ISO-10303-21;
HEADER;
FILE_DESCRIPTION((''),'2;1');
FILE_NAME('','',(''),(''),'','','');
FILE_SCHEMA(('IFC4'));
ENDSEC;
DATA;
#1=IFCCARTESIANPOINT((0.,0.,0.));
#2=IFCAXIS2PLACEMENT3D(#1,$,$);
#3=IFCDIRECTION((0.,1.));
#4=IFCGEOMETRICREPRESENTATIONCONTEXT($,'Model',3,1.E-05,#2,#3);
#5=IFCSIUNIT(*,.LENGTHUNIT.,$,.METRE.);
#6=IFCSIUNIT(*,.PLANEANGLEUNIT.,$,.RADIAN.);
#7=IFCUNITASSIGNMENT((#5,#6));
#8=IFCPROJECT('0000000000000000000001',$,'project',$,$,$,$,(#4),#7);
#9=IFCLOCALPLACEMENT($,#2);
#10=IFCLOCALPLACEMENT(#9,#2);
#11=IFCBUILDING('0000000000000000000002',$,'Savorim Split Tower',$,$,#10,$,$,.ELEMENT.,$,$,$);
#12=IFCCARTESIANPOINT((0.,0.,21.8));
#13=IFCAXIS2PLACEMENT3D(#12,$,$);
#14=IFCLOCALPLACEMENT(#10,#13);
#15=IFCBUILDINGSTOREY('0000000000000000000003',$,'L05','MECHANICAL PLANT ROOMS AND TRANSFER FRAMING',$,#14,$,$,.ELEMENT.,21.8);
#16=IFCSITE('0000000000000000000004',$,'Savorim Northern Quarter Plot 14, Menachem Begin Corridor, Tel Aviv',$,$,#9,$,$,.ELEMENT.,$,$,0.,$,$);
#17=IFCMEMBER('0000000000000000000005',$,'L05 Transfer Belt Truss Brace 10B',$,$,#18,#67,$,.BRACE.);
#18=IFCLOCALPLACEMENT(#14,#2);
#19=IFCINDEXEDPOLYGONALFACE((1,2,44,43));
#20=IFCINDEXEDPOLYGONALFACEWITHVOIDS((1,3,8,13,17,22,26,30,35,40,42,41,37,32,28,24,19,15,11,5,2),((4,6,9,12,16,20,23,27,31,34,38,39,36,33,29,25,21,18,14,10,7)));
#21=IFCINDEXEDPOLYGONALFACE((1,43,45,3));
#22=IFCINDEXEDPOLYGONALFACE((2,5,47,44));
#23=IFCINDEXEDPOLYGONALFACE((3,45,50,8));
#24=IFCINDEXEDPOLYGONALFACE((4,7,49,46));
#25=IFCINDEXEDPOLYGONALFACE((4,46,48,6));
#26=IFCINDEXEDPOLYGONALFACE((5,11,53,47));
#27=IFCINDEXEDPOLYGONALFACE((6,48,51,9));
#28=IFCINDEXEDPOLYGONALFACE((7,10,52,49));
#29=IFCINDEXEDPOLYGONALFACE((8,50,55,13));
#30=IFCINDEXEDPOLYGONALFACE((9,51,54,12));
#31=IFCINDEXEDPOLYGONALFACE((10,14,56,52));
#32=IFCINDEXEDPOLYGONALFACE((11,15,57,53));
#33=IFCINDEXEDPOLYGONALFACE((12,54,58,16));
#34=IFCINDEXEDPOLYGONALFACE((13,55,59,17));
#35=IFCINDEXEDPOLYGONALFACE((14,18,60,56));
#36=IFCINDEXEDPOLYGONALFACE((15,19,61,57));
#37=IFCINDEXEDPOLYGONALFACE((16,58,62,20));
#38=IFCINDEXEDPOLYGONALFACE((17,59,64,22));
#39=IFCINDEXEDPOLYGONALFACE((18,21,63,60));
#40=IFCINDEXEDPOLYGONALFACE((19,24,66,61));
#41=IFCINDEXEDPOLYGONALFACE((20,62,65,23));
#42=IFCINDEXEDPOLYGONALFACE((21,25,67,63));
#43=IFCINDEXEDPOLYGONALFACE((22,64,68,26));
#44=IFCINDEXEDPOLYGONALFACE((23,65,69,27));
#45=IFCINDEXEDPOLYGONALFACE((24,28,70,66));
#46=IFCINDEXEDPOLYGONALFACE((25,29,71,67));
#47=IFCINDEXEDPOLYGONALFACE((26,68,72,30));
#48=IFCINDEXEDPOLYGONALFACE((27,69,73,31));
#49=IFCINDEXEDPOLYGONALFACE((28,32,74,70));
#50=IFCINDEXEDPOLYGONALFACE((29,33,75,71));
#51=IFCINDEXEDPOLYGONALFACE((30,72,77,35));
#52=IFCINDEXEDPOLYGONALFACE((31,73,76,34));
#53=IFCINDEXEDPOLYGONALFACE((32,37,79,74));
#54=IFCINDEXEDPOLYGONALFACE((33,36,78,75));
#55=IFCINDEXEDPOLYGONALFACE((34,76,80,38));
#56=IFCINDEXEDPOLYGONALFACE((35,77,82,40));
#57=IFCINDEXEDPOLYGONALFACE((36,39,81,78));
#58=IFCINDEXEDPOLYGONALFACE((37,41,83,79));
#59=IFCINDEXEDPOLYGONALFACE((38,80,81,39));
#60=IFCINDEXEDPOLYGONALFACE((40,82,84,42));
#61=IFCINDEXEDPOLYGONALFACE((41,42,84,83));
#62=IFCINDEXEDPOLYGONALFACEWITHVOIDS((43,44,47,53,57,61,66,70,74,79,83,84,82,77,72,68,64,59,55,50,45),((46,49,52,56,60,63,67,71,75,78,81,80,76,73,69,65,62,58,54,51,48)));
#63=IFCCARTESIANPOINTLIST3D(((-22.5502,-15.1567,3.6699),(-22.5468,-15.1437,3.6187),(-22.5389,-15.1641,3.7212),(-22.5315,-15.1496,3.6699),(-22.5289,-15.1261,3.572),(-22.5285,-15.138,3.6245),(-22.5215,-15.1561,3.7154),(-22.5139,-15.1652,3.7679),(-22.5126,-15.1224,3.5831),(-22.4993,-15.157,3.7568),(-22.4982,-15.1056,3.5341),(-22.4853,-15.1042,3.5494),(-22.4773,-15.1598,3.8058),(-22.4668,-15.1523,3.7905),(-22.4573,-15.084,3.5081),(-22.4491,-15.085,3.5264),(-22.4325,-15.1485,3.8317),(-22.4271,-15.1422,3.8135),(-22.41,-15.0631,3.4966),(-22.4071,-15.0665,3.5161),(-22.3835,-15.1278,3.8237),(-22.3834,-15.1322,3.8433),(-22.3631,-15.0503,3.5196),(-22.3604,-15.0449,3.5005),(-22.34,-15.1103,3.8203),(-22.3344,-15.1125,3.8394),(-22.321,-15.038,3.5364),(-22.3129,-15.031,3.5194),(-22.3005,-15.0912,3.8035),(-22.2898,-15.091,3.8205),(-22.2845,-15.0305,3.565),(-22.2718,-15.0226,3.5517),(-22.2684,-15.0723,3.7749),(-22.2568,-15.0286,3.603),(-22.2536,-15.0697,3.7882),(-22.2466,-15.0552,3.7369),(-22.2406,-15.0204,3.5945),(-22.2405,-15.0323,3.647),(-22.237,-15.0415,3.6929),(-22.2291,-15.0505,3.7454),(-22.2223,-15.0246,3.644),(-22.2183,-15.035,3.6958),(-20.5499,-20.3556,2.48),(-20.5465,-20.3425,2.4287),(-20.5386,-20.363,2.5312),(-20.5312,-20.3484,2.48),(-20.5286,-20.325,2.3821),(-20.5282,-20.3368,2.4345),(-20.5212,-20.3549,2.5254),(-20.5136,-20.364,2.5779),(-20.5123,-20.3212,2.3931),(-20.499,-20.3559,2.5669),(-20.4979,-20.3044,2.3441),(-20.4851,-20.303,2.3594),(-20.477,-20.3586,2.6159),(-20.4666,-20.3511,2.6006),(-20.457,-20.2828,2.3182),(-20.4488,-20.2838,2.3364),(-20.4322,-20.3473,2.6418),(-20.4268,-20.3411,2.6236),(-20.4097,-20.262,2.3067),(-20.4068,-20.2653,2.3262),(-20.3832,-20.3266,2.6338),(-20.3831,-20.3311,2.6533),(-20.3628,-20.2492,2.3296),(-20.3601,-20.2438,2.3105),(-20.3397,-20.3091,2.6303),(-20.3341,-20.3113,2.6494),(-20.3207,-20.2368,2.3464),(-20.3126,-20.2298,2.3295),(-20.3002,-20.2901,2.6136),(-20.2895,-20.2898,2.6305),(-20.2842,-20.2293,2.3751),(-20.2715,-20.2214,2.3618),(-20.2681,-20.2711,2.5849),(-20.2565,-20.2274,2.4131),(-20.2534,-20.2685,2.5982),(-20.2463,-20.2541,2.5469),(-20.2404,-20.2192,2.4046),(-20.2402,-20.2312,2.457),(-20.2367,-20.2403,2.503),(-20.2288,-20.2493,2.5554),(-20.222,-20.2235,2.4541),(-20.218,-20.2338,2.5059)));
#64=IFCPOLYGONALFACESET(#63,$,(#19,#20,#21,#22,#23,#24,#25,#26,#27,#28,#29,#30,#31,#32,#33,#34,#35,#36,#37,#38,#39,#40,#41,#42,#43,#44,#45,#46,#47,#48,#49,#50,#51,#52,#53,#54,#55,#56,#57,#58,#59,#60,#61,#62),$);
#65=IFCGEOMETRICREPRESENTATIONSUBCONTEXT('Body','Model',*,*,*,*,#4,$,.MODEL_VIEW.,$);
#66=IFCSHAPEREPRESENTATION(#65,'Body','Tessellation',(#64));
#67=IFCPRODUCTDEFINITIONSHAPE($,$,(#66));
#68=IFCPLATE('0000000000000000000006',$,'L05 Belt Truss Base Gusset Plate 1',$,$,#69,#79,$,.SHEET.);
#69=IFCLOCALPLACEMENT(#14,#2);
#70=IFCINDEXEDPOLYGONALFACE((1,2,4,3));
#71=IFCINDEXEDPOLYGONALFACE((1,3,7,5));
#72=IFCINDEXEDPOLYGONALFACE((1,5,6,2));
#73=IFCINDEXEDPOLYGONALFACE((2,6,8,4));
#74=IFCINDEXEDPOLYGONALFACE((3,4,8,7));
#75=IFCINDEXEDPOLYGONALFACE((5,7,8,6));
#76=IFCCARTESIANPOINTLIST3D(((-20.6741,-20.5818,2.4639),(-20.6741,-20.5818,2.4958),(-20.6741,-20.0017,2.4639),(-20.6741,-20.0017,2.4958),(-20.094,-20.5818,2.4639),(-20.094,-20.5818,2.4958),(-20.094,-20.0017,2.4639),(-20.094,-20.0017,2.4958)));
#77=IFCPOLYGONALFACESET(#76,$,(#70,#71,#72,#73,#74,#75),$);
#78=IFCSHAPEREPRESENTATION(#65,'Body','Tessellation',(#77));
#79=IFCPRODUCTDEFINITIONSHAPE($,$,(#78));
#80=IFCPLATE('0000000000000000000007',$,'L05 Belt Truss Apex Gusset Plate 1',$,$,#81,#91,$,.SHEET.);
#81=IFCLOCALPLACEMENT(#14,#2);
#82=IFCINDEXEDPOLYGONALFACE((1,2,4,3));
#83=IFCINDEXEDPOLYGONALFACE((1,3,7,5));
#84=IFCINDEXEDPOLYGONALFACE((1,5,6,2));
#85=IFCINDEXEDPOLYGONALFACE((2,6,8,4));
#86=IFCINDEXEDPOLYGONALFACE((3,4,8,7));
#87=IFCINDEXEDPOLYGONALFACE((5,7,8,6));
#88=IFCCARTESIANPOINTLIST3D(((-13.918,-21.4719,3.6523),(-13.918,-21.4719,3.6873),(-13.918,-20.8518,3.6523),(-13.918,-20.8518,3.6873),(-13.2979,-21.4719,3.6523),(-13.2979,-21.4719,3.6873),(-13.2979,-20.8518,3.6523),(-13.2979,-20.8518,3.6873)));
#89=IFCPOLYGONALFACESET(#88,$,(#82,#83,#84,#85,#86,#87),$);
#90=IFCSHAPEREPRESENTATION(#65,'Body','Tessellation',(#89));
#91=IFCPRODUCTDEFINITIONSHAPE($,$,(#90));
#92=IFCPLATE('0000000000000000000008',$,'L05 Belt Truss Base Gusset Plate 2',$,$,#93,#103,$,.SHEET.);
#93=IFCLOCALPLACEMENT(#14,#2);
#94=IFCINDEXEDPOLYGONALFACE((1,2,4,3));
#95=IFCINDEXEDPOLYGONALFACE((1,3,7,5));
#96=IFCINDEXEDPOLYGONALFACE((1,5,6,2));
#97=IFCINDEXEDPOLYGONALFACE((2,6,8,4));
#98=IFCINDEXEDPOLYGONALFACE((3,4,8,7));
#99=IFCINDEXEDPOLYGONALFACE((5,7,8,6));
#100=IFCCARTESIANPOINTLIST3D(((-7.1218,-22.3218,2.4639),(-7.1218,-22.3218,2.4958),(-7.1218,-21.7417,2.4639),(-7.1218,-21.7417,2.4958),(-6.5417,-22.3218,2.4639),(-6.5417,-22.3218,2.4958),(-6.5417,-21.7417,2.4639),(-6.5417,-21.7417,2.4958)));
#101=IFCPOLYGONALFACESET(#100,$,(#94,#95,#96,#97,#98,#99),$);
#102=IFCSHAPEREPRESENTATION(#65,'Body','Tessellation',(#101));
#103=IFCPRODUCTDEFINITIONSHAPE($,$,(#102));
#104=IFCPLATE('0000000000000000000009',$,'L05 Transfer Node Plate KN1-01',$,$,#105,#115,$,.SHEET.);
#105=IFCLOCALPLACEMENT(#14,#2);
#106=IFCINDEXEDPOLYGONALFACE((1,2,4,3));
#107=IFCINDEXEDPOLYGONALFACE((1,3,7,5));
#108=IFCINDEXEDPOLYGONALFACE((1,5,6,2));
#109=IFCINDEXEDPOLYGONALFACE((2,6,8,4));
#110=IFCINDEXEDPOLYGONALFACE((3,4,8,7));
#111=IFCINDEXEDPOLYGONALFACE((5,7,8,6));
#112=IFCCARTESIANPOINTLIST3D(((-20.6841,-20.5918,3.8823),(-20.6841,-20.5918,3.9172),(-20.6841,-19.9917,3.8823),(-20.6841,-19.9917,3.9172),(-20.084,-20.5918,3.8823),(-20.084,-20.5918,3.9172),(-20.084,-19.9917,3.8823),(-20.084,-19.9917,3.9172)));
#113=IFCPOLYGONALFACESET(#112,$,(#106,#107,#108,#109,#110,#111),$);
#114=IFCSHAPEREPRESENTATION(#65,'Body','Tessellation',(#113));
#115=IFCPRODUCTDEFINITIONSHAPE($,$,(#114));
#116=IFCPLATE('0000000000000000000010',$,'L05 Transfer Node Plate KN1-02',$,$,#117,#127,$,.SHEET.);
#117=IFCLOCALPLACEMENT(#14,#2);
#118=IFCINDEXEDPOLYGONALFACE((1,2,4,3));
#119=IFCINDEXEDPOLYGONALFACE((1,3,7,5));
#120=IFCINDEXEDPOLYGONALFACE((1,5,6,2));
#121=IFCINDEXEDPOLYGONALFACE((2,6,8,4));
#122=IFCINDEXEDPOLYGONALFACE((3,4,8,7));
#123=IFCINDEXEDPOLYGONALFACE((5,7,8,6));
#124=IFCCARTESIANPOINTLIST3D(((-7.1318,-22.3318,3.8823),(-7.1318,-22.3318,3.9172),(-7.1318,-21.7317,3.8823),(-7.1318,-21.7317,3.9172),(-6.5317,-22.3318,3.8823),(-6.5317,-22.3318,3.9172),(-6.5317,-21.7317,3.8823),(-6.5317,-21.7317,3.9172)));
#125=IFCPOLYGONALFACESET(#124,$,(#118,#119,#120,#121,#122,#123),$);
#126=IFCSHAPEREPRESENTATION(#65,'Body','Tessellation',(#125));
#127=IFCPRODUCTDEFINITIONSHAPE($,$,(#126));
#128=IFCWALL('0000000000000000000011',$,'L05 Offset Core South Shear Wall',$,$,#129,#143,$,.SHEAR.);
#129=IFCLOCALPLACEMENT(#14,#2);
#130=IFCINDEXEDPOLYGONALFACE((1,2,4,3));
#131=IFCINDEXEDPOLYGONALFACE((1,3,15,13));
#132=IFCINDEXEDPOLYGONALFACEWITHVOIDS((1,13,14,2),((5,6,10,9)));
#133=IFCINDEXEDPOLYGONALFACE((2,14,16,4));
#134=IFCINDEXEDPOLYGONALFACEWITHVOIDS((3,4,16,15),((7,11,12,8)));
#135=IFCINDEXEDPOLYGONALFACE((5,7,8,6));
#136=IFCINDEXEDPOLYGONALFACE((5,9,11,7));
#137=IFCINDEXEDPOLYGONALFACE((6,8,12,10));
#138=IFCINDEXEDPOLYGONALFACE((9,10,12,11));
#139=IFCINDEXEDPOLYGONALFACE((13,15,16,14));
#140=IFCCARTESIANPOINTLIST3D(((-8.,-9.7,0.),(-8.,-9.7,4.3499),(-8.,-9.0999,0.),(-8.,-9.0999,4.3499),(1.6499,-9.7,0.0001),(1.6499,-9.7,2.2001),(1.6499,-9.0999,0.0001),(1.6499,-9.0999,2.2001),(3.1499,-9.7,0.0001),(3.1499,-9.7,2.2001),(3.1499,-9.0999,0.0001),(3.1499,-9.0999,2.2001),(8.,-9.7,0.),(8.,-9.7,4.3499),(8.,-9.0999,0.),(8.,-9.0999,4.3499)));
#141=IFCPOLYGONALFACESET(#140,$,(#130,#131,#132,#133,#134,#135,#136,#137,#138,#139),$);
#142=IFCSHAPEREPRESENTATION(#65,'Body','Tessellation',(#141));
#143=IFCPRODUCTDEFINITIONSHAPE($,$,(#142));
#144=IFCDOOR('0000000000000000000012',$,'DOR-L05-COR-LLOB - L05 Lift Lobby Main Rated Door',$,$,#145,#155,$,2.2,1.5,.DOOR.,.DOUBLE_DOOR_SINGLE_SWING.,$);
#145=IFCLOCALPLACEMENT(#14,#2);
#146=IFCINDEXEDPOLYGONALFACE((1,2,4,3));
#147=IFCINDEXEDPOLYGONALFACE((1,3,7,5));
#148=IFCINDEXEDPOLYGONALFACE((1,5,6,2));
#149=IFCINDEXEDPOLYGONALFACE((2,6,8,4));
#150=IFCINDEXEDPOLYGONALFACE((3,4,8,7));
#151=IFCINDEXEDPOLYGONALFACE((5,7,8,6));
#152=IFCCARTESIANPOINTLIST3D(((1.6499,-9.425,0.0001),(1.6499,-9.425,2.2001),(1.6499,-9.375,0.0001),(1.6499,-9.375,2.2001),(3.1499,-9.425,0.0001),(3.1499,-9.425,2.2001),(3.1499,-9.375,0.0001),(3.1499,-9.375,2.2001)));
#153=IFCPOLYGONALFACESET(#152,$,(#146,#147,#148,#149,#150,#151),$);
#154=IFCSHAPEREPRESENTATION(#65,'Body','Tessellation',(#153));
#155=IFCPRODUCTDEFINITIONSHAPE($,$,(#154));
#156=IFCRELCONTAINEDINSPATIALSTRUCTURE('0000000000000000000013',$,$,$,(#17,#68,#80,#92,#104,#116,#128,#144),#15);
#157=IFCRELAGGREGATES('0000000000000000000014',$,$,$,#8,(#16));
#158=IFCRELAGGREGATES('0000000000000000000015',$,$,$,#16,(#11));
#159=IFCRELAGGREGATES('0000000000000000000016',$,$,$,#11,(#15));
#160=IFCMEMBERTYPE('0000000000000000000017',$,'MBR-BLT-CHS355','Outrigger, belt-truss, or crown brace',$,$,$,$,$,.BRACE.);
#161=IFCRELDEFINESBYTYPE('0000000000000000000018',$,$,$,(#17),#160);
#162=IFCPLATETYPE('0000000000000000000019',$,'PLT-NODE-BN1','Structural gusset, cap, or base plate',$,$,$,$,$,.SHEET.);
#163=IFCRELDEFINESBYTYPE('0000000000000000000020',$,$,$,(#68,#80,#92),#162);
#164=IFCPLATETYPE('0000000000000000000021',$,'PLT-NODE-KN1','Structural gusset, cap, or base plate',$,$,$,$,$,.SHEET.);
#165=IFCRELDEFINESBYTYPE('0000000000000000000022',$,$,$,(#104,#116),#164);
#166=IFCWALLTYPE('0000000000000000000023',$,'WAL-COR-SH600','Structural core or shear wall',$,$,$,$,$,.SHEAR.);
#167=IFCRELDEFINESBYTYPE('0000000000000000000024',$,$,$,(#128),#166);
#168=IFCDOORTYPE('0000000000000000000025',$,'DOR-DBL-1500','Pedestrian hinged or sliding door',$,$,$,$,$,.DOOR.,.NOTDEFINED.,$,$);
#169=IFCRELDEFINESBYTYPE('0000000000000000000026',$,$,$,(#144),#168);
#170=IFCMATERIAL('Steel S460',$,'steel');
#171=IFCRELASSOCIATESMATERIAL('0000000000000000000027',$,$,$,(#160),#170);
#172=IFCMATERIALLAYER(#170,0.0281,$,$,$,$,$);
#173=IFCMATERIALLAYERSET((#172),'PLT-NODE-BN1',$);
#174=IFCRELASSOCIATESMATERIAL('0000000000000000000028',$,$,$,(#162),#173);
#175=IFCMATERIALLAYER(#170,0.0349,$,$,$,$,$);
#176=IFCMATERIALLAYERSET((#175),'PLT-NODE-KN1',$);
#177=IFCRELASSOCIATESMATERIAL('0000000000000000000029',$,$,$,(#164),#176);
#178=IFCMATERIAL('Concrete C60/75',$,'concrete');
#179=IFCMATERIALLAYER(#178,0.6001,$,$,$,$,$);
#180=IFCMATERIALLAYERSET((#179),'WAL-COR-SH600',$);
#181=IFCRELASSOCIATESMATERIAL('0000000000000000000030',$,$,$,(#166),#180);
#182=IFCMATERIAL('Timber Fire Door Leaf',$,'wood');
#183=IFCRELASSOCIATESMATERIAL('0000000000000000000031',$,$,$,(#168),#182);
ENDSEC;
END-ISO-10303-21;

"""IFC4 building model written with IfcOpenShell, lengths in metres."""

from ifc_helpers import new_model, si_unit, direction, frame, frame_2d, origin, origin_2d, place, context, subcontext, project, spatial, rectangle, hollow_circle, extrude, material, layer, layer_set, material_profile, profile_set, type_object, element, fill, save


model = new_model("IFC4")

# Units and contexts
model_context = context("Model", 3, precision=1e-05, world=origin(), true_north=direction((0.0, 1.0)))
body_context = subcontext(model_context, "Body", "Model", "MODEL_VIEW")
ifc_project = project(units=[si_unit("LENGTHUNIT", "METRE"), si_unit("PLANEANGLEUNIT", "RADIAN")], contexts=[model_context])

# Site, building, storey
site_placement = place(None, origin())
site = spatial("IfcSite", under=ifc_project, at=site_placement, Name="Savorim Northern Quarter Plot 14, Menachem Begin Corridor, Tel Aviv", CompositionType="ELEMENT", RefElevation=0.0)
building_placement = place(site_placement, origin())
building = spatial("IfcBuilding", under=site, at=building_placement, Name="Savorim Split Tower", CompositionType="ELEMENT")
storey_placement = place(building_placement, frame((0.0, 0.0, 21.8)))
storey = spatial("IfcBuildingStorey", under=building, at=storey_placement, Name="L05", Description="MECHANICAL PLANT ROOMS AND TRANSFER FRAMING", CompositionType="ELEMENT", Elevation=21.8)

# Shared definitions
ifc_material_1 = material(Name="Steel S460", Category="steel")

# Member
ifc_material_profile_1 = material_profile(ifc_material_1, hollow_circle(Radius=0.1777, WallThickness=0.02, at=origin_2d()), Name="CHS 355.6x20")
ifc_profile_set_1 = profile_set([ifc_material_profile_1], Name="Steel S460")
member_type = type_object("IfcMemberType", Name="MBR-BLT-CHS355", Description="Outrigger, belt-truss, or crown brace", PredefinedType="BRACE", material=ifc_profile_set_1)
member_1_placement = place(storey_placement, frame((-20.384, -20.2917, 2.48), z_axis=(-0.35117, 0.912708, 0.20891), x_axis=(-0.933302, -0.359094, 0.0)))
element("IfcMember", 1, at=member_1_placement, inside=storey, type_object=member_type, Name="L05 Transfer Belt Truss Brace 10B", PredefinedType="BRACE", context=body_context, shape_type="SweptSolid", body=[
    extrude(hollow_circle(Radius=0.1777, WallThickness=0.02, at=origin_2d()), origin(), (0.0, 0.0, 1.0), 5.696),
])

# Plates
ifc_layer_1 = layer(ifc_material_1, 0.0281)
ifc_layer_set_1 = layer_set([ifc_layer_1], Name="PLT-NODE-BN1")
plate_type_1 = type_object("IfcPlateType", Name="PLT-NODE-BN1", Description="Structural gusset, cap, or base plate", PredefinedType="SHEET", material=ifc_layer_set_1)
plate_1_placement = place(storey_placement, frame((-20.384, -20.2917, 2.4639), z_axis=(0.0, 0.0, 1.0), x_axis=(1.0, 0.0, 0.0)))
element("IfcPlate", 2, at=plate_1_placement, inside=storey, type_object=plate_type_1, Name="L05 Belt Truss Base Gusset Plate 1", PredefinedType="SHEET", context=body_context, shape_type="SweptSolid", body=[
    extrude(rectangle(XDim=0.5801, YDim=0.5801, at=origin_2d()), origin(), (0.0, 0.0, 1.0), 0.032),
])
plate_2_placement = place(storey_placement, frame((-13.6079, -21.1619, 3.6523), z_axis=(0.0, 0.0, 1.0), x_axis=(1.0, 0.0, 0.0)))
element("IfcPlate", 3, at=plate_2_placement, inside=storey, type_object=plate_type_1, Name="L05 Belt Truss Apex Gusset Plate 1", PredefinedType="SHEET", context=body_context, shape_type="SweptSolid", body=[
    extrude(rectangle(XDim=0.6201, YDim=0.6201, at=origin_2d()), origin(), (0.0, 0.0, 1.0), 0.0349),
])
plate_3_placement = place(storey_placement, frame((-6.8318, -22.0317, 2.4639), z_axis=(0.0, 0.0, 1.0), x_axis=(1.0, 0.0, 0.0)))
element("IfcPlate", 4, at=plate_3_placement, inside=storey, type_object=plate_type_1, Name="L05 Belt Truss Base Gusset Plate 2", PredefinedType="SHEET", context=body_context, shape_type="SweptSolid", body=[
    extrude(rectangle(XDim=0.5801, YDim=0.5801, at=origin_2d()), origin(), (0.0, 0.0, 1.0), 0.032),
])
ifc_layer_2 = layer(ifc_material_1, 0.0349)
ifc_layer_set_2 = layer_set([ifc_layer_2], Name="PLT-NODE-KN1")
plate_type_2 = type_object("IfcPlateType", Name="PLT-NODE-KN1", Description="Structural gusset, cap, or base plate", PredefinedType="SHEET", material=ifc_layer_set_2)
for number, where, z_axis, x_axis, name in (
    (5, (-20.384, -20.2917, 3.8823), (0.0, 0.0, 1.0), (1.0, 0.0, 0.0), "L05 Transfer Node Plate KN1-01"),
    (6, (-6.8318, -22.0317, 3.8823), (0.0, 0.0, 1.0), (1.0, 0.0, 0.0), "L05 Transfer Node Plate KN1-02"),
):
    element("IfcPlate", number, at=place(storey_placement, frame(where, z_axis=z_axis, x_axis=x_axis)), inside=storey, type_object=plate_type_2, Name=name, PredefinedType="SHEET", context=body_context, shape_type="SweptSolid", body=[
        extrude(rectangle(XDim=0.6001, YDim=0.6001, at=origin_2d()), origin(), (0.0, 0.0, 1.0), 0.0349),
    ])

# Wall, opening, door
ifc_material_2 = material(Name="Concrete C60/75", Category="concrete")
ifc_layer_3 = layer(ifc_material_2, 0.6001)
ifc_layer_set_3 = layer_set([ifc_layer_3], Name="WAL-COR-SH600")
wall_type_1 = type_object("IfcWallType", Name="WAL-COR-SH600", Description="Structural core or shear wall", PredefinedType="SHEAR", material=ifc_layer_set_3)
wall_1_placement = place(storey_placement, frame((-8.0, -9.3999, 0.0), z_axis=(0.0, 0.0, 1.0), x_axis=(1.0, 0.0, 0.0)))
wall_1 = element("IfcWall", 7, at=wall_1_placement, inside=storey, type_object=wall_type_1, Name="L05 Offset Core South Shear Wall", PredefinedType="SHEAR", context=body_context, shape_type="SweptSolid", body=[
    extrude(rectangle(XDim=16.0, YDim=0.6001, at=frame_2d((8.0, 0.0))), origin(), (0.0, 0.0, 1.0), 4.3499),
])
opening_1_placement = place(wall_1_placement, frame((9.6499, 0.0, 0.0)))
opening_1 = element("IfcOpeningElement", 8, at=opening_1_placement, cuts=wall_1, PredefinedType="OPENING", context=body_context, shape_type="SweptSolid", body=[
    extrude(rectangle(XDim=1.5, YDim=2.2, at=frame_2d((0.75, 1.1001))), frame((0.0, 0.3101, 0.0), z_axis=(0.0, -1.0, 0.0), x_axis=(1.0, 0.0, 0.0)), (0.0, 0.0, 1.0), 0.6201),
])
ifc_material_3 = material(Name="Timber Fire Door Leaf", Category="wood")
door_type_1 = type_object("IfcDoorType", Name="DOR-DBL-1500", Description="Pedestrian hinged or sliding door", OperationType="NOTDEFINED", PredefinedType="DOOR", material=ifc_material_3)
door_1_placement = place(opening_1_placement, origin())
door_1 = element("IfcDoor", 9, at=door_1_placement, inside=storey, type_object=door_type_1, Name="DOR-L05-COR-LLOB - L05 Lift Lobby Main Rated Door", OperationType="DOUBLE_DOOR_SINGLE_SWING", OverallHeight=2.2, OverallWidth=1.5, PredefinedType="DOOR", context=body_context, shape_type="SweptSolid", body=[
    extrude(rectangle(XDim=1.5, YDim=2.2, at=frame_2d((0.75, 1.1001))), frame((0.0, 0.0249, 0.0), z_axis=(0.0, -1.0, 0.0), x_axis=(1.0, 0.0, 0.0)), (0.0, 0.0, 1.0), 0.05),
])
fill(opening_1, door_1)

save(model, "model.ifc")
